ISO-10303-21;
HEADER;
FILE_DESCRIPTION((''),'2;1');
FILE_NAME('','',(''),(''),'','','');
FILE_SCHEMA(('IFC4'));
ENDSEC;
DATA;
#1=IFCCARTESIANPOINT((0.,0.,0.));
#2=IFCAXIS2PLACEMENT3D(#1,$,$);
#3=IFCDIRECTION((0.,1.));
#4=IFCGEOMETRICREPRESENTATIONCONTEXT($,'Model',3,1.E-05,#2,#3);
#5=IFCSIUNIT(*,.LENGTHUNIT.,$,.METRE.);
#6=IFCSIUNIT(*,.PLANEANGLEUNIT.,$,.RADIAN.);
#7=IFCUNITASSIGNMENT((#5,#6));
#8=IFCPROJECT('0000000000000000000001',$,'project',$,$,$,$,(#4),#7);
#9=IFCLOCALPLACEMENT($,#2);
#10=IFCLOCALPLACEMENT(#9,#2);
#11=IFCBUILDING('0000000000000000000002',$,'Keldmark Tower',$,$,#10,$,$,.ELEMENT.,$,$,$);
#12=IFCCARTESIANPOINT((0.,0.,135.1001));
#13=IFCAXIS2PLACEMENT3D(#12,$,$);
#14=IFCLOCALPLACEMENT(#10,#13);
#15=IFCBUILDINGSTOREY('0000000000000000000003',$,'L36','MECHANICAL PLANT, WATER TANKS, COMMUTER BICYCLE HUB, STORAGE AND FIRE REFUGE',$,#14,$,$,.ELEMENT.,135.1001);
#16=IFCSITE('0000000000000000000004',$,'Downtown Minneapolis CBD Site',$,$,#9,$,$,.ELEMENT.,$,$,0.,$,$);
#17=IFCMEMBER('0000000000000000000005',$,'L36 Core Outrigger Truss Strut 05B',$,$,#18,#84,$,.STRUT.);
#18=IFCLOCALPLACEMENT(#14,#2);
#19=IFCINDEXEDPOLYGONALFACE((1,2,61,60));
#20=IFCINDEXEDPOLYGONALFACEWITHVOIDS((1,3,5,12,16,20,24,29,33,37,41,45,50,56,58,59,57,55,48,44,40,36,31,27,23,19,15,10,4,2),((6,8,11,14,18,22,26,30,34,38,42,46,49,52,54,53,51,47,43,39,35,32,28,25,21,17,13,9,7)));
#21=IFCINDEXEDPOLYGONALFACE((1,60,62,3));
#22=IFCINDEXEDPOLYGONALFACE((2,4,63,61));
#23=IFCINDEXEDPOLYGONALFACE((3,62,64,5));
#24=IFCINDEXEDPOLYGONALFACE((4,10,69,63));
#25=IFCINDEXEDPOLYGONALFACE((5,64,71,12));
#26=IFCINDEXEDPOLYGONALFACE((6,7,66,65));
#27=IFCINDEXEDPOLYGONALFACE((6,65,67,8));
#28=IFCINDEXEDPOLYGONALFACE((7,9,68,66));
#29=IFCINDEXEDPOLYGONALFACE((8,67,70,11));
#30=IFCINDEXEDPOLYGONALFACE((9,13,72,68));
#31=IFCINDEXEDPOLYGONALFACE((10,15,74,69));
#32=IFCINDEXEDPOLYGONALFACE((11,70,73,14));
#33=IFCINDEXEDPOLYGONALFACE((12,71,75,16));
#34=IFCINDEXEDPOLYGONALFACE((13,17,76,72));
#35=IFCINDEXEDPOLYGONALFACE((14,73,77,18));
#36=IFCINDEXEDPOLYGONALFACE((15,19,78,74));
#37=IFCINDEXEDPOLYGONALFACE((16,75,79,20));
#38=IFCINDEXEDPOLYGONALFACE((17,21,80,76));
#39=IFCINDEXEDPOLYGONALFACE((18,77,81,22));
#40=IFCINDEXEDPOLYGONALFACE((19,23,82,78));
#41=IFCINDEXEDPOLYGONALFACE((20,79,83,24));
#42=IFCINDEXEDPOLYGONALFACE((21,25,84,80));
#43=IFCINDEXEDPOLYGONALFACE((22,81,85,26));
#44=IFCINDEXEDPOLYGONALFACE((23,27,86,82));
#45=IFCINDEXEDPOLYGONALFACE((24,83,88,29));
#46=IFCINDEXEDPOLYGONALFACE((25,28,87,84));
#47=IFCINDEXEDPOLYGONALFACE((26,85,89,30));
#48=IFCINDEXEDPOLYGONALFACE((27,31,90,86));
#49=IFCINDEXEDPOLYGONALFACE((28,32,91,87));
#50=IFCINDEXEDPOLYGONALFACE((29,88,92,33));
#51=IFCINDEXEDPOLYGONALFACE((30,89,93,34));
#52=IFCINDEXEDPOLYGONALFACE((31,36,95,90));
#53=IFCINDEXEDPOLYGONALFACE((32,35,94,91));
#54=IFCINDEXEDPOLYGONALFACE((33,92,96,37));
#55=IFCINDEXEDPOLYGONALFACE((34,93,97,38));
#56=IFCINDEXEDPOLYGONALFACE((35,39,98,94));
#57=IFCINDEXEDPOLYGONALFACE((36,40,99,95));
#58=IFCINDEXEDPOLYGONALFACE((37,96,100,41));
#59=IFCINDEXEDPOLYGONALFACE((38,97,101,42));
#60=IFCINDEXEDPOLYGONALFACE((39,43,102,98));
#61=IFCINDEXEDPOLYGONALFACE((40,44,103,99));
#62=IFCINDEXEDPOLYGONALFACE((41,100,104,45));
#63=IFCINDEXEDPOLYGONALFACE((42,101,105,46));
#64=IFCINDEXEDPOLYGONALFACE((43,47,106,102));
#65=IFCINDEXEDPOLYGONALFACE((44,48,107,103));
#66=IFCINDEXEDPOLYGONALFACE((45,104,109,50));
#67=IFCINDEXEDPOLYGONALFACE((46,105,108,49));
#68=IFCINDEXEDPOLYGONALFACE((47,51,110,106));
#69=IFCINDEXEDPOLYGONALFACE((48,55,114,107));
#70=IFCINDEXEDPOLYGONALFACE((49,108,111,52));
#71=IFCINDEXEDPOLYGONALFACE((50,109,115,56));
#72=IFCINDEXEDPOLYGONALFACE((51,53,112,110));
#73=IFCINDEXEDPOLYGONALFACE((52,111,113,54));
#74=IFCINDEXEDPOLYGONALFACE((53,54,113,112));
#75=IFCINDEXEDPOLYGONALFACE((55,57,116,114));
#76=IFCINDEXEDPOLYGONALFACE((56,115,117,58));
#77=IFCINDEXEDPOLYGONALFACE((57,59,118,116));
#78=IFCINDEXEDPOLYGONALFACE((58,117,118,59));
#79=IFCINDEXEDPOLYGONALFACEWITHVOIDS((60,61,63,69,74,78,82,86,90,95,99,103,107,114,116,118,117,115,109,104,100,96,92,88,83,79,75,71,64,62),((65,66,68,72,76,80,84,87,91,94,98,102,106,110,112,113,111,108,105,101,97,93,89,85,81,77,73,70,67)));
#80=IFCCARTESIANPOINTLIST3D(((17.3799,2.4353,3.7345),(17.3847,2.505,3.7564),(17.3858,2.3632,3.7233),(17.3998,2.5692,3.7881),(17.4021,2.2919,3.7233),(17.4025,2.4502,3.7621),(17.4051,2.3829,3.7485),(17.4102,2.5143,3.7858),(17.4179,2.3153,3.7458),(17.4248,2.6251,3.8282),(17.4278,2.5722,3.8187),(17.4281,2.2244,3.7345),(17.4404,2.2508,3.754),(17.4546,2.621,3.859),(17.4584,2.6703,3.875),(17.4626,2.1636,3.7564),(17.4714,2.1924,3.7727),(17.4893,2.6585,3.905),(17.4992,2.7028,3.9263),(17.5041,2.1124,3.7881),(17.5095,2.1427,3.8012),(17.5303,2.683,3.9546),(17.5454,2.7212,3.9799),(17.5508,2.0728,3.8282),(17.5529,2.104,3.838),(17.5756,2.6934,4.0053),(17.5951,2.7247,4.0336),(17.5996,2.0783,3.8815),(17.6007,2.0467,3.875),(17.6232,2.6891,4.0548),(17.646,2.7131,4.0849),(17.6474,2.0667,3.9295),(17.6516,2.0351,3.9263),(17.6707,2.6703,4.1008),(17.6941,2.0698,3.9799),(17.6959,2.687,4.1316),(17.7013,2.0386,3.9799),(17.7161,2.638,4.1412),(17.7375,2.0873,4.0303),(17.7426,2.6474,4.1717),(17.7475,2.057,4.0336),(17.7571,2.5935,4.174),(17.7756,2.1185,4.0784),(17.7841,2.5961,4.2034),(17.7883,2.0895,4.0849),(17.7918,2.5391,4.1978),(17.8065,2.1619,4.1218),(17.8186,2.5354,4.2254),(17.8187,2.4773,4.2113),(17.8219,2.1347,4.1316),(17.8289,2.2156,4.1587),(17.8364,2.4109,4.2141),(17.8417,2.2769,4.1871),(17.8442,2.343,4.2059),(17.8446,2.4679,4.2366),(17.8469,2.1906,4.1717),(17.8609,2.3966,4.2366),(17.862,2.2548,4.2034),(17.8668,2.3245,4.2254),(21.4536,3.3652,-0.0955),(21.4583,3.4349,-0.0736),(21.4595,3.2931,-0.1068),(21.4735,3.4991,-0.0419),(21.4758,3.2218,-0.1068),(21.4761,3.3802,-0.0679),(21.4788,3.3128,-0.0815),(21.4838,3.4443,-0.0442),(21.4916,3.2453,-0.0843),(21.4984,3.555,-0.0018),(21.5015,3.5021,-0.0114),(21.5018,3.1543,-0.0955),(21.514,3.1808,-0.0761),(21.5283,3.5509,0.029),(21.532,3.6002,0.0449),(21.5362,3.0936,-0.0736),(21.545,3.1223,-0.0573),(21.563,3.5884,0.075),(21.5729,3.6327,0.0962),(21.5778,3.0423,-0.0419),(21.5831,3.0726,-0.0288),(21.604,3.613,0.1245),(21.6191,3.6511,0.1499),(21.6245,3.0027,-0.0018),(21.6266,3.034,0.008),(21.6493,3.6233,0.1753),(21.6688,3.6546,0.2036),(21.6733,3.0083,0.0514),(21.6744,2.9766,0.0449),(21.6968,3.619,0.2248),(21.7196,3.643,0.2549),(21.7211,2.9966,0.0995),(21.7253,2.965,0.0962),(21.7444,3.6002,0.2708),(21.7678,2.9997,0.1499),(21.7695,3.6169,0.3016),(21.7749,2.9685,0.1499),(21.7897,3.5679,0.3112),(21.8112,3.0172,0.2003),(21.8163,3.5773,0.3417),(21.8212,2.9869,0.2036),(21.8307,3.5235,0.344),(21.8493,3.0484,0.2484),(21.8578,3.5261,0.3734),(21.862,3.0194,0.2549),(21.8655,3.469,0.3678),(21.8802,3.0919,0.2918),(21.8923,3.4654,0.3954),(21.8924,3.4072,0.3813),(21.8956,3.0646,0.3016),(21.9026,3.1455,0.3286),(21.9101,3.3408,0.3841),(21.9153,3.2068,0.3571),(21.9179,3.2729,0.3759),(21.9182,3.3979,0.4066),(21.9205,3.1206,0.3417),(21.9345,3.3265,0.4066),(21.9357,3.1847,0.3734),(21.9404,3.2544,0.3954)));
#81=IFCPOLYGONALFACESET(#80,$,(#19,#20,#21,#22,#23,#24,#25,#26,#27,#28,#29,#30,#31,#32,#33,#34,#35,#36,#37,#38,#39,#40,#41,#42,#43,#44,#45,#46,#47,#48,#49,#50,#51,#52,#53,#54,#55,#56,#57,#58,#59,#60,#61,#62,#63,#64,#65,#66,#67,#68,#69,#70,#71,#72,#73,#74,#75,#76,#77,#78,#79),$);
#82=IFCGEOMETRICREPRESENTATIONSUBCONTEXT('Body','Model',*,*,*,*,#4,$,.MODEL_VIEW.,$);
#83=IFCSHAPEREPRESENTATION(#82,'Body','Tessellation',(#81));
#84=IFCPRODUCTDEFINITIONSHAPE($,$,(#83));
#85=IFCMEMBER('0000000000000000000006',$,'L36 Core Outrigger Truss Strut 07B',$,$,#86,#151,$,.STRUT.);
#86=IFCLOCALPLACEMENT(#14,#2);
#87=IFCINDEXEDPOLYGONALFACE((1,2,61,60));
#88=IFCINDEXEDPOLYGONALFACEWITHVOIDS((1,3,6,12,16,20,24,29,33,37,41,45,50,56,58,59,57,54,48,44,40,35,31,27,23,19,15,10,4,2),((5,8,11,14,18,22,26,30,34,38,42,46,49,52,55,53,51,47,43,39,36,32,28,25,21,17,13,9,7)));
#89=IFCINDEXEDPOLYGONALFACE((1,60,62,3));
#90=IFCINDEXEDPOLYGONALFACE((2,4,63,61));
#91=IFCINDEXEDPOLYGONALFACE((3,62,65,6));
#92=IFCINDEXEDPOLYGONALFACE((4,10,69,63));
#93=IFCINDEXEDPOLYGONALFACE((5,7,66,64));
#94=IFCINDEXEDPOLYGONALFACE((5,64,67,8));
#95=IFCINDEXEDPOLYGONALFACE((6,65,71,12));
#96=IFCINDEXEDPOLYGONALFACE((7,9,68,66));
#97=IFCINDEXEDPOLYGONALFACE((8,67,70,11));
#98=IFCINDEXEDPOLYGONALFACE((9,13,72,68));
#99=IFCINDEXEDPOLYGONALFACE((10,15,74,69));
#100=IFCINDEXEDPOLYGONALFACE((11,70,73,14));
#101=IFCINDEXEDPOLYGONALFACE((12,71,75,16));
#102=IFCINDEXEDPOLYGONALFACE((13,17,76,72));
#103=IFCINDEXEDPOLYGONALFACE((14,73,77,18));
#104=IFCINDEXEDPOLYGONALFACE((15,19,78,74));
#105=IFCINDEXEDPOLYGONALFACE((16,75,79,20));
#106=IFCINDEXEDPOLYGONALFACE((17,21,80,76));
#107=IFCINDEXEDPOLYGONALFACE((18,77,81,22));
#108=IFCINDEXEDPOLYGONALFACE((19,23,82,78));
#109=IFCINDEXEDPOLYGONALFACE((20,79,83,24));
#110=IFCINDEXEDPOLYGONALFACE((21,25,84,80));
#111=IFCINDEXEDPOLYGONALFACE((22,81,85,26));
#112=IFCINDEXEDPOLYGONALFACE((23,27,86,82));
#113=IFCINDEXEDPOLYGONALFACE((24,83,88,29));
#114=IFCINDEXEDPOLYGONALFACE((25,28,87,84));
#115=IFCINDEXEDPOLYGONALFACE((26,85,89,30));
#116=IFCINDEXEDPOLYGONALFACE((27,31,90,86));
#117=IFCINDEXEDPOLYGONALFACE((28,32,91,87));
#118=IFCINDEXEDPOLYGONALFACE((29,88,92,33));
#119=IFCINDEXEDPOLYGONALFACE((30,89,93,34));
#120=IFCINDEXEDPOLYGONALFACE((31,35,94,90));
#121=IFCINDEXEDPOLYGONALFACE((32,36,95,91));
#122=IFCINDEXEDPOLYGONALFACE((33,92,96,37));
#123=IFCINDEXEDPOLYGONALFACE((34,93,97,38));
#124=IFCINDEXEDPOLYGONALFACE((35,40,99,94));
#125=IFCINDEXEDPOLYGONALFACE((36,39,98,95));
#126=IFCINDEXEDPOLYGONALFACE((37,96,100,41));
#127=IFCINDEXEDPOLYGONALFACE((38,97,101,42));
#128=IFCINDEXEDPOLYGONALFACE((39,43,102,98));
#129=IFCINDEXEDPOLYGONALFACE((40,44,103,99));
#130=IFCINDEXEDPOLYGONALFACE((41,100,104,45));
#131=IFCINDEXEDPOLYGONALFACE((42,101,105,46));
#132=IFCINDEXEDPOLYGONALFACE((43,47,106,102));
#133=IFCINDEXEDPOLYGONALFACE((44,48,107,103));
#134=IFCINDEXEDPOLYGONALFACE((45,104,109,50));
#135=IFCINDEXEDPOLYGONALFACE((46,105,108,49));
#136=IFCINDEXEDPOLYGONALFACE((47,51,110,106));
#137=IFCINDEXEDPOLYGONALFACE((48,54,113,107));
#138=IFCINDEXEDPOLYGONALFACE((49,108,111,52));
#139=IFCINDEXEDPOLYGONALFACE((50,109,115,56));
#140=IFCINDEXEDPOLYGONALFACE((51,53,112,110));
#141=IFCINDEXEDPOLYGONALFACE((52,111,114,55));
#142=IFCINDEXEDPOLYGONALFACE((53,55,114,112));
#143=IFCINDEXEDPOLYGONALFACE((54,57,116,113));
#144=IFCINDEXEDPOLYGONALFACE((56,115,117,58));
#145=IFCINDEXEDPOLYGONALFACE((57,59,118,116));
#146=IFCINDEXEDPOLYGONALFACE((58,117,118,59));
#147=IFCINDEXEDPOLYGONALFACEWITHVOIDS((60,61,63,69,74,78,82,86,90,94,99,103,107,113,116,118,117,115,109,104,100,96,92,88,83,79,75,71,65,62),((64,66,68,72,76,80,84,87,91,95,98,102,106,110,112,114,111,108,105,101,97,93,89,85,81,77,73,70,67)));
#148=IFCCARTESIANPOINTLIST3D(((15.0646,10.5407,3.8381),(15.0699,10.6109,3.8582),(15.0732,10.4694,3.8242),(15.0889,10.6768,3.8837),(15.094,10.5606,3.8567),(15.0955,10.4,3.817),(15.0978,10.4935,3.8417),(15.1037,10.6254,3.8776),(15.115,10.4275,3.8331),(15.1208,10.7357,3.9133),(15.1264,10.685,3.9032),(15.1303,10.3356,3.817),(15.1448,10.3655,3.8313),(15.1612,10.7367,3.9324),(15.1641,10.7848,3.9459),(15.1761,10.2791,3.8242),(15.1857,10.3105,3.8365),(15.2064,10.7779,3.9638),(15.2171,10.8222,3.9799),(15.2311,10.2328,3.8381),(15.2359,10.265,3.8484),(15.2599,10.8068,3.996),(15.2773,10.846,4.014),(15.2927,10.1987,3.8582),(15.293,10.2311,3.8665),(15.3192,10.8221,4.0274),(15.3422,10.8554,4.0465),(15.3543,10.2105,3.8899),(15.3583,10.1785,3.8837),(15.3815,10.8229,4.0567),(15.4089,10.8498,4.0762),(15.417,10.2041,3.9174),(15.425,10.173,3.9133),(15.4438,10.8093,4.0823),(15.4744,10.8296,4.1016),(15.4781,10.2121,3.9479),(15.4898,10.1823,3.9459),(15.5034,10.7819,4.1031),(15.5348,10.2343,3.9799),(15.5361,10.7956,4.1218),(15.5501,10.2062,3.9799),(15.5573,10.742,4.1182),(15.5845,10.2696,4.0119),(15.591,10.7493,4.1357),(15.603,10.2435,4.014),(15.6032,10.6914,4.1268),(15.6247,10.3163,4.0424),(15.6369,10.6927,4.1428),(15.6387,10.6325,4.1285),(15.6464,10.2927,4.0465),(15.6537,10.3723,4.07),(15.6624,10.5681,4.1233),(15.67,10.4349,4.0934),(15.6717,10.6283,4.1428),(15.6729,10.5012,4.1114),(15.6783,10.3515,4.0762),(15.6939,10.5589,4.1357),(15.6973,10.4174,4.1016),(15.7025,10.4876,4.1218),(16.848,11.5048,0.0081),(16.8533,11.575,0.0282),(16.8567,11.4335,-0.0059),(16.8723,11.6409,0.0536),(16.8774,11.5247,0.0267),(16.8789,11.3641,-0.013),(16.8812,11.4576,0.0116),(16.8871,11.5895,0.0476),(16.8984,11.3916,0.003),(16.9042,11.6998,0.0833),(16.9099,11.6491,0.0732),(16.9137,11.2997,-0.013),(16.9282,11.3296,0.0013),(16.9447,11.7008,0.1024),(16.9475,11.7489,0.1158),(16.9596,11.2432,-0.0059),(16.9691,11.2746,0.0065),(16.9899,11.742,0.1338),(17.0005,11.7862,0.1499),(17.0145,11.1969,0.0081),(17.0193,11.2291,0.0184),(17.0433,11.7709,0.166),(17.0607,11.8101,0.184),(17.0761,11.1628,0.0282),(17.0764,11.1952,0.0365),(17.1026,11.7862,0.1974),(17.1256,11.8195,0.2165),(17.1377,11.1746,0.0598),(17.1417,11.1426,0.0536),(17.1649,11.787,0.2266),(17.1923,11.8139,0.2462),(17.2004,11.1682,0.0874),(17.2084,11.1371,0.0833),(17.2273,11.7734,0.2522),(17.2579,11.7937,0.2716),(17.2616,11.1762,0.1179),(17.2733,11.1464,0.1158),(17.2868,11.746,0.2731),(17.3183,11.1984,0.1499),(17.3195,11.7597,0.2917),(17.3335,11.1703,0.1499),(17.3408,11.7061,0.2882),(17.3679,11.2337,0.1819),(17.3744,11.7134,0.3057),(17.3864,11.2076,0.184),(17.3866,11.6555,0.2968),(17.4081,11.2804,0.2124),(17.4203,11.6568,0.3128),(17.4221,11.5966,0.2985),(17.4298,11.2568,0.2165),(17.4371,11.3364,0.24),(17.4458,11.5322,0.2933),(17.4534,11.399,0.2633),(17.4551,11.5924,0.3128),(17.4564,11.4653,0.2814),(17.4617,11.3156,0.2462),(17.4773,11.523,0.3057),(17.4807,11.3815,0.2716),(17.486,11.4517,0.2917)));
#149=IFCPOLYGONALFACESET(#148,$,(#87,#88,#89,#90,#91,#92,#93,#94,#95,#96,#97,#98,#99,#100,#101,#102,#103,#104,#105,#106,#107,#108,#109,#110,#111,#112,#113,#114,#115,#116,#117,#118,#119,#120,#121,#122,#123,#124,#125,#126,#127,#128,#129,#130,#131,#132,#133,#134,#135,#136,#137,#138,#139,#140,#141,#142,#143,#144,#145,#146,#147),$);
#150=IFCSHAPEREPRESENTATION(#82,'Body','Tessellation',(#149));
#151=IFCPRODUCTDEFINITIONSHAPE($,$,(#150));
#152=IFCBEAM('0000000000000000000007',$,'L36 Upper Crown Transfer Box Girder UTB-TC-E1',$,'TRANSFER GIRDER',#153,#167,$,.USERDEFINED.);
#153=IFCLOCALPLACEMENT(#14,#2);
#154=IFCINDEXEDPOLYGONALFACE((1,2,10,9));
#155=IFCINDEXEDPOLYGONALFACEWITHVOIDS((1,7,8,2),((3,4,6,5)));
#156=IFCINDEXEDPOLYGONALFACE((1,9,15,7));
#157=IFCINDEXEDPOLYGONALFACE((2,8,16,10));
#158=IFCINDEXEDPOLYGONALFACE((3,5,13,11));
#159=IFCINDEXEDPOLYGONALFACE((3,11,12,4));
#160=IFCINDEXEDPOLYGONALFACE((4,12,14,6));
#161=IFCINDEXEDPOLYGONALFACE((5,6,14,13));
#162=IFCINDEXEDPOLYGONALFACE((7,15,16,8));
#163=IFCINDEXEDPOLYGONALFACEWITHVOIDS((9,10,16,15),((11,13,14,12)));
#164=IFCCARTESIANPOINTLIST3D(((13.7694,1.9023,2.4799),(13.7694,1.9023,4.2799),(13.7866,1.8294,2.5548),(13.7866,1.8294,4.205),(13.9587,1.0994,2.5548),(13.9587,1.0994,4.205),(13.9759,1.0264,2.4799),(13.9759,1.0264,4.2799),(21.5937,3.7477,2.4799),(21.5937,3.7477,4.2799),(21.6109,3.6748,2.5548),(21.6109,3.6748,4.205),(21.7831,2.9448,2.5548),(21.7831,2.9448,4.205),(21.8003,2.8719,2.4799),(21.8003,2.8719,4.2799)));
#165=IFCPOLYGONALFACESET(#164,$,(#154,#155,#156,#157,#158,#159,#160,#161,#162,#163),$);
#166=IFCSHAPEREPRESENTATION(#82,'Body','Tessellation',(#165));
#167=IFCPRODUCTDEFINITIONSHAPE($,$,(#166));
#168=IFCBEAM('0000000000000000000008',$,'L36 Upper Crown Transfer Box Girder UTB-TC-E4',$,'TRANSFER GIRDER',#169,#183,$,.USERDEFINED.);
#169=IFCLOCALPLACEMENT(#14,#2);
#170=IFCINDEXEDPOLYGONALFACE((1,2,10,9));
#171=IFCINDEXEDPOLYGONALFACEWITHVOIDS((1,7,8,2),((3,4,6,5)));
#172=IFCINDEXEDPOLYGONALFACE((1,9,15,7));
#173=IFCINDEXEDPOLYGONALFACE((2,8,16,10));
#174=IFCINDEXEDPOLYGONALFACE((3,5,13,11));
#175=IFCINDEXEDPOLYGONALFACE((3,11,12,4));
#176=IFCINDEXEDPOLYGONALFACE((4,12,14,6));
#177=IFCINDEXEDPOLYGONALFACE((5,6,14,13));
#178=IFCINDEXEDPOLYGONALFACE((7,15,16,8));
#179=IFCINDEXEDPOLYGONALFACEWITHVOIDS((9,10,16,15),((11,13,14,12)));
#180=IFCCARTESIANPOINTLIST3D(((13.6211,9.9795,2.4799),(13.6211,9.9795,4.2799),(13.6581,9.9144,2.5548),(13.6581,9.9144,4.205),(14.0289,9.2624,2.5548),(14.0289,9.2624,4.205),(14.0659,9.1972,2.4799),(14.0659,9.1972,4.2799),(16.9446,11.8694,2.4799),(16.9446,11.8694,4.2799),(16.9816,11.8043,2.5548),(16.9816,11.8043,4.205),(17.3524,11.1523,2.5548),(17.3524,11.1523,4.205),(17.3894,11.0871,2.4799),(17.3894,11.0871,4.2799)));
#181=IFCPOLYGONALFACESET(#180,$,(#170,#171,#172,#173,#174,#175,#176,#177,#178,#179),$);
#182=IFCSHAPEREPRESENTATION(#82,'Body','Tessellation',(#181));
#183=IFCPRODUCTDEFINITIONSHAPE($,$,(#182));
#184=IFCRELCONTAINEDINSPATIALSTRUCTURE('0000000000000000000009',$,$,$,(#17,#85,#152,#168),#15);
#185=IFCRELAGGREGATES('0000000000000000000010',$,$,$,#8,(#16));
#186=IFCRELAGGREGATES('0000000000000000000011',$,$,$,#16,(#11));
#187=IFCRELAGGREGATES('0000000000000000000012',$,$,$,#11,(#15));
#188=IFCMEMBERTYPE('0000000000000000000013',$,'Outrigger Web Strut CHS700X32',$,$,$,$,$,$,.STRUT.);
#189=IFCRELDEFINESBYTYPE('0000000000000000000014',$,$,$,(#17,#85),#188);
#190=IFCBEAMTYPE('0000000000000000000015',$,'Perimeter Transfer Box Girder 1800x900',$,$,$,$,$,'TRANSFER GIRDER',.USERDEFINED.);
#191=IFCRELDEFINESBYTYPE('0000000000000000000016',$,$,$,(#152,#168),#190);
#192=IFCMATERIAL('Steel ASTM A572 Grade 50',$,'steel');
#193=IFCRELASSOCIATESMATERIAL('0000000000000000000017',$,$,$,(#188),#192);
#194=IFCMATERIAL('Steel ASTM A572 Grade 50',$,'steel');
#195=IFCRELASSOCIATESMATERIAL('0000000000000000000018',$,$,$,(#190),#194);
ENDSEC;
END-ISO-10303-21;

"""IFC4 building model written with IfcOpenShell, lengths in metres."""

from ifc_helpers import new_model, si_unit, direction, frame, origin, origin_2d, place, context, subcontext, project, spatial, hollow_rectangle, hollow_circle, extrude, material, material_profile, profile_set, type_object, element, save


model = new_model("IFC4")

# Units and contexts
model_context = context("Model", 3, precision=1e-05, world=origin(), true_north=direction((0.0, 1.0)))
body_context = subcontext(model_context, "Body", "Model", "MODEL_VIEW")
ifc_project = project(units=[si_unit("LENGTHUNIT", "METRE"), si_unit("PLANEANGLEUNIT", "RADIAN")], contexts=[model_context])

# Site, building, storey
site_placement = place(None, origin())
site = spatial("IfcSite", under=ifc_project, at=site_placement, Name="Downtown Minneapolis CBD Site", CompositionType="ELEMENT", RefElevation=0.0)
building_placement = place(site_placement, origin())
building = spatial("IfcBuilding", under=site, at=building_placement, Name="Keldmark Tower", CompositionType="ELEMENT")
storey_placement = place(building_placement, frame((0.0, 0.0, 135.1001)))
storey = spatial("IfcBuildingStorey", under=building, at=storey_placement, Name="L36", Description="MECHANICAL PLANT, WATER TANKS, COMMUTER BICYCLE HUB, STORAGE AND FIRE REFUGE", CompositionType="ELEMENT", Elevation=135.1001)

# Members
ifc_material_1 = material(Name="Steel ASTM A572 Grade 50", Category="steel")
ifc_material_profile_1 = material_profile(ifc_material_1, hollow_circle(Radius=0.3501, WallThickness=0.032, at=origin_2d()), Name="CHS700X32")
ifc_profile_set_1 = profile_set([ifc_material_profile_1], Name="Steel ASTM A572 Grade 50")
member_type_1 = type_object("IfcMemberType", Name="Outrigger Web Strut CHS700X32", PredefinedType="STRUT", material=ifc_profile_set_1)
member_1_placement = place(storey_placement, frame((21.697, 3.3098, 0.1499), z_axis=(-0.718687, -0.164058, 0.675702), x_axis=(0.22255, -0.974921, 0.0)))
element("IfcMember", 1, at=member_1_placement, inside=storey, type_object=member_type_1, Name="L36 Core Outrigger Truss Strut 05B", PredefinedType="STRUT", context=body_context, shape_type="SweptSolid", body=[
    extrude(hollow_circle(Radius=0.3501, WallThickness=0.032, at=origin_2d()), origin(), (0.0, 0.0, 1.0), 5.6682),
])
member_2_placement = place(storey_placement, frame((17.167, 11.4783, 0.1499), z_axis=(-0.411544, -0.222476, 0.883819), x_axis=(0.47555, -0.879689, 0.0)))
element("IfcMember", 2, at=member_2_placement, inside=storey, type_object=member_type_1, Name="L36 Core Outrigger Truss Strut 07B", PredefinedType="STRUT", context=body_context, shape_type="SweptSolid", body=[
    extrude(hollow_circle(Radius=0.3501, WallThickness=0.032, at=origin_2d()), origin(), (0.0, 0.0, 1.0), 4.3335),
])

# Beams
ifc_material_2 = material(Name="Steel ASTM A572 Grade 50", Category="steel")
ifc_material_profile_2 = material_profile(ifc_material_2, hollow_rectangle(XDim=0.8999, YDim=1.8, WallThickness=0.075, at=origin_2d()), Name="TBOX1800X900X75")
ifc_profile_set_2 = profile_set([ifc_material_profile_2], Name="Steel ASTM A572 Grade 50")
beam_type_1 = type_object("IfcBeamType", Name="Perimeter Transfer Box Girder 1800x900", ElementType="TRANSFER GIRDER", PredefinedType="USERDEFINED", material=ifc_profile_set_2)
beam_1_placement = place(storey_placement, frame((21.697, 3.3098, 3.3799), z_axis=(-0.973295, -0.229559, 0.0), x_axis=(0.229559, -0.973295, 0.0)))
element("IfcBeam", 3, at=beam_1_placement, inside=storey, type_object=beam_type_1, Name="L36 Upper Crown Transfer Box Girder UTB-TC-E1", ObjectType="TRANSFER GIRDER", PredefinedType="USERDEFINED", context=body_context, shape_type="SweptSolid", body=[
    extrude(hollow_rectangle(XDim=0.8999, YDim=1.8, WallThickness=0.075, at=origin_2d()), origin(), (0.0, 0.0, 1.0), 8.0391),
])
beam_2_placement = place(storey_placement, frame((17.167, 11.4783, 3.3799), z_axis=(-0.869283, -0.494315, 0.0), x_axis=(0.494315, -0.869283, 0.0)))
element("IfcBeam", 4, at=beam_2_placement, inside=storey, type_object=beam_type_1, Name="L36 Upper Crown Transfer Box Girder UTB-TC-E4", ObjectType="TRANSFER GIRDER", PredefinedType="USERDEFINED", context=body_context, shape_type="SweptSolid", body=[
    extrude(hollow_rectangle(XDim=0.8999, YDim=1.8, WallThickness=0.075, at=origin_2d()), origin(), (0.0, 0.0, 1.0), 3.8232),
])

save(model, "model.ifc")
